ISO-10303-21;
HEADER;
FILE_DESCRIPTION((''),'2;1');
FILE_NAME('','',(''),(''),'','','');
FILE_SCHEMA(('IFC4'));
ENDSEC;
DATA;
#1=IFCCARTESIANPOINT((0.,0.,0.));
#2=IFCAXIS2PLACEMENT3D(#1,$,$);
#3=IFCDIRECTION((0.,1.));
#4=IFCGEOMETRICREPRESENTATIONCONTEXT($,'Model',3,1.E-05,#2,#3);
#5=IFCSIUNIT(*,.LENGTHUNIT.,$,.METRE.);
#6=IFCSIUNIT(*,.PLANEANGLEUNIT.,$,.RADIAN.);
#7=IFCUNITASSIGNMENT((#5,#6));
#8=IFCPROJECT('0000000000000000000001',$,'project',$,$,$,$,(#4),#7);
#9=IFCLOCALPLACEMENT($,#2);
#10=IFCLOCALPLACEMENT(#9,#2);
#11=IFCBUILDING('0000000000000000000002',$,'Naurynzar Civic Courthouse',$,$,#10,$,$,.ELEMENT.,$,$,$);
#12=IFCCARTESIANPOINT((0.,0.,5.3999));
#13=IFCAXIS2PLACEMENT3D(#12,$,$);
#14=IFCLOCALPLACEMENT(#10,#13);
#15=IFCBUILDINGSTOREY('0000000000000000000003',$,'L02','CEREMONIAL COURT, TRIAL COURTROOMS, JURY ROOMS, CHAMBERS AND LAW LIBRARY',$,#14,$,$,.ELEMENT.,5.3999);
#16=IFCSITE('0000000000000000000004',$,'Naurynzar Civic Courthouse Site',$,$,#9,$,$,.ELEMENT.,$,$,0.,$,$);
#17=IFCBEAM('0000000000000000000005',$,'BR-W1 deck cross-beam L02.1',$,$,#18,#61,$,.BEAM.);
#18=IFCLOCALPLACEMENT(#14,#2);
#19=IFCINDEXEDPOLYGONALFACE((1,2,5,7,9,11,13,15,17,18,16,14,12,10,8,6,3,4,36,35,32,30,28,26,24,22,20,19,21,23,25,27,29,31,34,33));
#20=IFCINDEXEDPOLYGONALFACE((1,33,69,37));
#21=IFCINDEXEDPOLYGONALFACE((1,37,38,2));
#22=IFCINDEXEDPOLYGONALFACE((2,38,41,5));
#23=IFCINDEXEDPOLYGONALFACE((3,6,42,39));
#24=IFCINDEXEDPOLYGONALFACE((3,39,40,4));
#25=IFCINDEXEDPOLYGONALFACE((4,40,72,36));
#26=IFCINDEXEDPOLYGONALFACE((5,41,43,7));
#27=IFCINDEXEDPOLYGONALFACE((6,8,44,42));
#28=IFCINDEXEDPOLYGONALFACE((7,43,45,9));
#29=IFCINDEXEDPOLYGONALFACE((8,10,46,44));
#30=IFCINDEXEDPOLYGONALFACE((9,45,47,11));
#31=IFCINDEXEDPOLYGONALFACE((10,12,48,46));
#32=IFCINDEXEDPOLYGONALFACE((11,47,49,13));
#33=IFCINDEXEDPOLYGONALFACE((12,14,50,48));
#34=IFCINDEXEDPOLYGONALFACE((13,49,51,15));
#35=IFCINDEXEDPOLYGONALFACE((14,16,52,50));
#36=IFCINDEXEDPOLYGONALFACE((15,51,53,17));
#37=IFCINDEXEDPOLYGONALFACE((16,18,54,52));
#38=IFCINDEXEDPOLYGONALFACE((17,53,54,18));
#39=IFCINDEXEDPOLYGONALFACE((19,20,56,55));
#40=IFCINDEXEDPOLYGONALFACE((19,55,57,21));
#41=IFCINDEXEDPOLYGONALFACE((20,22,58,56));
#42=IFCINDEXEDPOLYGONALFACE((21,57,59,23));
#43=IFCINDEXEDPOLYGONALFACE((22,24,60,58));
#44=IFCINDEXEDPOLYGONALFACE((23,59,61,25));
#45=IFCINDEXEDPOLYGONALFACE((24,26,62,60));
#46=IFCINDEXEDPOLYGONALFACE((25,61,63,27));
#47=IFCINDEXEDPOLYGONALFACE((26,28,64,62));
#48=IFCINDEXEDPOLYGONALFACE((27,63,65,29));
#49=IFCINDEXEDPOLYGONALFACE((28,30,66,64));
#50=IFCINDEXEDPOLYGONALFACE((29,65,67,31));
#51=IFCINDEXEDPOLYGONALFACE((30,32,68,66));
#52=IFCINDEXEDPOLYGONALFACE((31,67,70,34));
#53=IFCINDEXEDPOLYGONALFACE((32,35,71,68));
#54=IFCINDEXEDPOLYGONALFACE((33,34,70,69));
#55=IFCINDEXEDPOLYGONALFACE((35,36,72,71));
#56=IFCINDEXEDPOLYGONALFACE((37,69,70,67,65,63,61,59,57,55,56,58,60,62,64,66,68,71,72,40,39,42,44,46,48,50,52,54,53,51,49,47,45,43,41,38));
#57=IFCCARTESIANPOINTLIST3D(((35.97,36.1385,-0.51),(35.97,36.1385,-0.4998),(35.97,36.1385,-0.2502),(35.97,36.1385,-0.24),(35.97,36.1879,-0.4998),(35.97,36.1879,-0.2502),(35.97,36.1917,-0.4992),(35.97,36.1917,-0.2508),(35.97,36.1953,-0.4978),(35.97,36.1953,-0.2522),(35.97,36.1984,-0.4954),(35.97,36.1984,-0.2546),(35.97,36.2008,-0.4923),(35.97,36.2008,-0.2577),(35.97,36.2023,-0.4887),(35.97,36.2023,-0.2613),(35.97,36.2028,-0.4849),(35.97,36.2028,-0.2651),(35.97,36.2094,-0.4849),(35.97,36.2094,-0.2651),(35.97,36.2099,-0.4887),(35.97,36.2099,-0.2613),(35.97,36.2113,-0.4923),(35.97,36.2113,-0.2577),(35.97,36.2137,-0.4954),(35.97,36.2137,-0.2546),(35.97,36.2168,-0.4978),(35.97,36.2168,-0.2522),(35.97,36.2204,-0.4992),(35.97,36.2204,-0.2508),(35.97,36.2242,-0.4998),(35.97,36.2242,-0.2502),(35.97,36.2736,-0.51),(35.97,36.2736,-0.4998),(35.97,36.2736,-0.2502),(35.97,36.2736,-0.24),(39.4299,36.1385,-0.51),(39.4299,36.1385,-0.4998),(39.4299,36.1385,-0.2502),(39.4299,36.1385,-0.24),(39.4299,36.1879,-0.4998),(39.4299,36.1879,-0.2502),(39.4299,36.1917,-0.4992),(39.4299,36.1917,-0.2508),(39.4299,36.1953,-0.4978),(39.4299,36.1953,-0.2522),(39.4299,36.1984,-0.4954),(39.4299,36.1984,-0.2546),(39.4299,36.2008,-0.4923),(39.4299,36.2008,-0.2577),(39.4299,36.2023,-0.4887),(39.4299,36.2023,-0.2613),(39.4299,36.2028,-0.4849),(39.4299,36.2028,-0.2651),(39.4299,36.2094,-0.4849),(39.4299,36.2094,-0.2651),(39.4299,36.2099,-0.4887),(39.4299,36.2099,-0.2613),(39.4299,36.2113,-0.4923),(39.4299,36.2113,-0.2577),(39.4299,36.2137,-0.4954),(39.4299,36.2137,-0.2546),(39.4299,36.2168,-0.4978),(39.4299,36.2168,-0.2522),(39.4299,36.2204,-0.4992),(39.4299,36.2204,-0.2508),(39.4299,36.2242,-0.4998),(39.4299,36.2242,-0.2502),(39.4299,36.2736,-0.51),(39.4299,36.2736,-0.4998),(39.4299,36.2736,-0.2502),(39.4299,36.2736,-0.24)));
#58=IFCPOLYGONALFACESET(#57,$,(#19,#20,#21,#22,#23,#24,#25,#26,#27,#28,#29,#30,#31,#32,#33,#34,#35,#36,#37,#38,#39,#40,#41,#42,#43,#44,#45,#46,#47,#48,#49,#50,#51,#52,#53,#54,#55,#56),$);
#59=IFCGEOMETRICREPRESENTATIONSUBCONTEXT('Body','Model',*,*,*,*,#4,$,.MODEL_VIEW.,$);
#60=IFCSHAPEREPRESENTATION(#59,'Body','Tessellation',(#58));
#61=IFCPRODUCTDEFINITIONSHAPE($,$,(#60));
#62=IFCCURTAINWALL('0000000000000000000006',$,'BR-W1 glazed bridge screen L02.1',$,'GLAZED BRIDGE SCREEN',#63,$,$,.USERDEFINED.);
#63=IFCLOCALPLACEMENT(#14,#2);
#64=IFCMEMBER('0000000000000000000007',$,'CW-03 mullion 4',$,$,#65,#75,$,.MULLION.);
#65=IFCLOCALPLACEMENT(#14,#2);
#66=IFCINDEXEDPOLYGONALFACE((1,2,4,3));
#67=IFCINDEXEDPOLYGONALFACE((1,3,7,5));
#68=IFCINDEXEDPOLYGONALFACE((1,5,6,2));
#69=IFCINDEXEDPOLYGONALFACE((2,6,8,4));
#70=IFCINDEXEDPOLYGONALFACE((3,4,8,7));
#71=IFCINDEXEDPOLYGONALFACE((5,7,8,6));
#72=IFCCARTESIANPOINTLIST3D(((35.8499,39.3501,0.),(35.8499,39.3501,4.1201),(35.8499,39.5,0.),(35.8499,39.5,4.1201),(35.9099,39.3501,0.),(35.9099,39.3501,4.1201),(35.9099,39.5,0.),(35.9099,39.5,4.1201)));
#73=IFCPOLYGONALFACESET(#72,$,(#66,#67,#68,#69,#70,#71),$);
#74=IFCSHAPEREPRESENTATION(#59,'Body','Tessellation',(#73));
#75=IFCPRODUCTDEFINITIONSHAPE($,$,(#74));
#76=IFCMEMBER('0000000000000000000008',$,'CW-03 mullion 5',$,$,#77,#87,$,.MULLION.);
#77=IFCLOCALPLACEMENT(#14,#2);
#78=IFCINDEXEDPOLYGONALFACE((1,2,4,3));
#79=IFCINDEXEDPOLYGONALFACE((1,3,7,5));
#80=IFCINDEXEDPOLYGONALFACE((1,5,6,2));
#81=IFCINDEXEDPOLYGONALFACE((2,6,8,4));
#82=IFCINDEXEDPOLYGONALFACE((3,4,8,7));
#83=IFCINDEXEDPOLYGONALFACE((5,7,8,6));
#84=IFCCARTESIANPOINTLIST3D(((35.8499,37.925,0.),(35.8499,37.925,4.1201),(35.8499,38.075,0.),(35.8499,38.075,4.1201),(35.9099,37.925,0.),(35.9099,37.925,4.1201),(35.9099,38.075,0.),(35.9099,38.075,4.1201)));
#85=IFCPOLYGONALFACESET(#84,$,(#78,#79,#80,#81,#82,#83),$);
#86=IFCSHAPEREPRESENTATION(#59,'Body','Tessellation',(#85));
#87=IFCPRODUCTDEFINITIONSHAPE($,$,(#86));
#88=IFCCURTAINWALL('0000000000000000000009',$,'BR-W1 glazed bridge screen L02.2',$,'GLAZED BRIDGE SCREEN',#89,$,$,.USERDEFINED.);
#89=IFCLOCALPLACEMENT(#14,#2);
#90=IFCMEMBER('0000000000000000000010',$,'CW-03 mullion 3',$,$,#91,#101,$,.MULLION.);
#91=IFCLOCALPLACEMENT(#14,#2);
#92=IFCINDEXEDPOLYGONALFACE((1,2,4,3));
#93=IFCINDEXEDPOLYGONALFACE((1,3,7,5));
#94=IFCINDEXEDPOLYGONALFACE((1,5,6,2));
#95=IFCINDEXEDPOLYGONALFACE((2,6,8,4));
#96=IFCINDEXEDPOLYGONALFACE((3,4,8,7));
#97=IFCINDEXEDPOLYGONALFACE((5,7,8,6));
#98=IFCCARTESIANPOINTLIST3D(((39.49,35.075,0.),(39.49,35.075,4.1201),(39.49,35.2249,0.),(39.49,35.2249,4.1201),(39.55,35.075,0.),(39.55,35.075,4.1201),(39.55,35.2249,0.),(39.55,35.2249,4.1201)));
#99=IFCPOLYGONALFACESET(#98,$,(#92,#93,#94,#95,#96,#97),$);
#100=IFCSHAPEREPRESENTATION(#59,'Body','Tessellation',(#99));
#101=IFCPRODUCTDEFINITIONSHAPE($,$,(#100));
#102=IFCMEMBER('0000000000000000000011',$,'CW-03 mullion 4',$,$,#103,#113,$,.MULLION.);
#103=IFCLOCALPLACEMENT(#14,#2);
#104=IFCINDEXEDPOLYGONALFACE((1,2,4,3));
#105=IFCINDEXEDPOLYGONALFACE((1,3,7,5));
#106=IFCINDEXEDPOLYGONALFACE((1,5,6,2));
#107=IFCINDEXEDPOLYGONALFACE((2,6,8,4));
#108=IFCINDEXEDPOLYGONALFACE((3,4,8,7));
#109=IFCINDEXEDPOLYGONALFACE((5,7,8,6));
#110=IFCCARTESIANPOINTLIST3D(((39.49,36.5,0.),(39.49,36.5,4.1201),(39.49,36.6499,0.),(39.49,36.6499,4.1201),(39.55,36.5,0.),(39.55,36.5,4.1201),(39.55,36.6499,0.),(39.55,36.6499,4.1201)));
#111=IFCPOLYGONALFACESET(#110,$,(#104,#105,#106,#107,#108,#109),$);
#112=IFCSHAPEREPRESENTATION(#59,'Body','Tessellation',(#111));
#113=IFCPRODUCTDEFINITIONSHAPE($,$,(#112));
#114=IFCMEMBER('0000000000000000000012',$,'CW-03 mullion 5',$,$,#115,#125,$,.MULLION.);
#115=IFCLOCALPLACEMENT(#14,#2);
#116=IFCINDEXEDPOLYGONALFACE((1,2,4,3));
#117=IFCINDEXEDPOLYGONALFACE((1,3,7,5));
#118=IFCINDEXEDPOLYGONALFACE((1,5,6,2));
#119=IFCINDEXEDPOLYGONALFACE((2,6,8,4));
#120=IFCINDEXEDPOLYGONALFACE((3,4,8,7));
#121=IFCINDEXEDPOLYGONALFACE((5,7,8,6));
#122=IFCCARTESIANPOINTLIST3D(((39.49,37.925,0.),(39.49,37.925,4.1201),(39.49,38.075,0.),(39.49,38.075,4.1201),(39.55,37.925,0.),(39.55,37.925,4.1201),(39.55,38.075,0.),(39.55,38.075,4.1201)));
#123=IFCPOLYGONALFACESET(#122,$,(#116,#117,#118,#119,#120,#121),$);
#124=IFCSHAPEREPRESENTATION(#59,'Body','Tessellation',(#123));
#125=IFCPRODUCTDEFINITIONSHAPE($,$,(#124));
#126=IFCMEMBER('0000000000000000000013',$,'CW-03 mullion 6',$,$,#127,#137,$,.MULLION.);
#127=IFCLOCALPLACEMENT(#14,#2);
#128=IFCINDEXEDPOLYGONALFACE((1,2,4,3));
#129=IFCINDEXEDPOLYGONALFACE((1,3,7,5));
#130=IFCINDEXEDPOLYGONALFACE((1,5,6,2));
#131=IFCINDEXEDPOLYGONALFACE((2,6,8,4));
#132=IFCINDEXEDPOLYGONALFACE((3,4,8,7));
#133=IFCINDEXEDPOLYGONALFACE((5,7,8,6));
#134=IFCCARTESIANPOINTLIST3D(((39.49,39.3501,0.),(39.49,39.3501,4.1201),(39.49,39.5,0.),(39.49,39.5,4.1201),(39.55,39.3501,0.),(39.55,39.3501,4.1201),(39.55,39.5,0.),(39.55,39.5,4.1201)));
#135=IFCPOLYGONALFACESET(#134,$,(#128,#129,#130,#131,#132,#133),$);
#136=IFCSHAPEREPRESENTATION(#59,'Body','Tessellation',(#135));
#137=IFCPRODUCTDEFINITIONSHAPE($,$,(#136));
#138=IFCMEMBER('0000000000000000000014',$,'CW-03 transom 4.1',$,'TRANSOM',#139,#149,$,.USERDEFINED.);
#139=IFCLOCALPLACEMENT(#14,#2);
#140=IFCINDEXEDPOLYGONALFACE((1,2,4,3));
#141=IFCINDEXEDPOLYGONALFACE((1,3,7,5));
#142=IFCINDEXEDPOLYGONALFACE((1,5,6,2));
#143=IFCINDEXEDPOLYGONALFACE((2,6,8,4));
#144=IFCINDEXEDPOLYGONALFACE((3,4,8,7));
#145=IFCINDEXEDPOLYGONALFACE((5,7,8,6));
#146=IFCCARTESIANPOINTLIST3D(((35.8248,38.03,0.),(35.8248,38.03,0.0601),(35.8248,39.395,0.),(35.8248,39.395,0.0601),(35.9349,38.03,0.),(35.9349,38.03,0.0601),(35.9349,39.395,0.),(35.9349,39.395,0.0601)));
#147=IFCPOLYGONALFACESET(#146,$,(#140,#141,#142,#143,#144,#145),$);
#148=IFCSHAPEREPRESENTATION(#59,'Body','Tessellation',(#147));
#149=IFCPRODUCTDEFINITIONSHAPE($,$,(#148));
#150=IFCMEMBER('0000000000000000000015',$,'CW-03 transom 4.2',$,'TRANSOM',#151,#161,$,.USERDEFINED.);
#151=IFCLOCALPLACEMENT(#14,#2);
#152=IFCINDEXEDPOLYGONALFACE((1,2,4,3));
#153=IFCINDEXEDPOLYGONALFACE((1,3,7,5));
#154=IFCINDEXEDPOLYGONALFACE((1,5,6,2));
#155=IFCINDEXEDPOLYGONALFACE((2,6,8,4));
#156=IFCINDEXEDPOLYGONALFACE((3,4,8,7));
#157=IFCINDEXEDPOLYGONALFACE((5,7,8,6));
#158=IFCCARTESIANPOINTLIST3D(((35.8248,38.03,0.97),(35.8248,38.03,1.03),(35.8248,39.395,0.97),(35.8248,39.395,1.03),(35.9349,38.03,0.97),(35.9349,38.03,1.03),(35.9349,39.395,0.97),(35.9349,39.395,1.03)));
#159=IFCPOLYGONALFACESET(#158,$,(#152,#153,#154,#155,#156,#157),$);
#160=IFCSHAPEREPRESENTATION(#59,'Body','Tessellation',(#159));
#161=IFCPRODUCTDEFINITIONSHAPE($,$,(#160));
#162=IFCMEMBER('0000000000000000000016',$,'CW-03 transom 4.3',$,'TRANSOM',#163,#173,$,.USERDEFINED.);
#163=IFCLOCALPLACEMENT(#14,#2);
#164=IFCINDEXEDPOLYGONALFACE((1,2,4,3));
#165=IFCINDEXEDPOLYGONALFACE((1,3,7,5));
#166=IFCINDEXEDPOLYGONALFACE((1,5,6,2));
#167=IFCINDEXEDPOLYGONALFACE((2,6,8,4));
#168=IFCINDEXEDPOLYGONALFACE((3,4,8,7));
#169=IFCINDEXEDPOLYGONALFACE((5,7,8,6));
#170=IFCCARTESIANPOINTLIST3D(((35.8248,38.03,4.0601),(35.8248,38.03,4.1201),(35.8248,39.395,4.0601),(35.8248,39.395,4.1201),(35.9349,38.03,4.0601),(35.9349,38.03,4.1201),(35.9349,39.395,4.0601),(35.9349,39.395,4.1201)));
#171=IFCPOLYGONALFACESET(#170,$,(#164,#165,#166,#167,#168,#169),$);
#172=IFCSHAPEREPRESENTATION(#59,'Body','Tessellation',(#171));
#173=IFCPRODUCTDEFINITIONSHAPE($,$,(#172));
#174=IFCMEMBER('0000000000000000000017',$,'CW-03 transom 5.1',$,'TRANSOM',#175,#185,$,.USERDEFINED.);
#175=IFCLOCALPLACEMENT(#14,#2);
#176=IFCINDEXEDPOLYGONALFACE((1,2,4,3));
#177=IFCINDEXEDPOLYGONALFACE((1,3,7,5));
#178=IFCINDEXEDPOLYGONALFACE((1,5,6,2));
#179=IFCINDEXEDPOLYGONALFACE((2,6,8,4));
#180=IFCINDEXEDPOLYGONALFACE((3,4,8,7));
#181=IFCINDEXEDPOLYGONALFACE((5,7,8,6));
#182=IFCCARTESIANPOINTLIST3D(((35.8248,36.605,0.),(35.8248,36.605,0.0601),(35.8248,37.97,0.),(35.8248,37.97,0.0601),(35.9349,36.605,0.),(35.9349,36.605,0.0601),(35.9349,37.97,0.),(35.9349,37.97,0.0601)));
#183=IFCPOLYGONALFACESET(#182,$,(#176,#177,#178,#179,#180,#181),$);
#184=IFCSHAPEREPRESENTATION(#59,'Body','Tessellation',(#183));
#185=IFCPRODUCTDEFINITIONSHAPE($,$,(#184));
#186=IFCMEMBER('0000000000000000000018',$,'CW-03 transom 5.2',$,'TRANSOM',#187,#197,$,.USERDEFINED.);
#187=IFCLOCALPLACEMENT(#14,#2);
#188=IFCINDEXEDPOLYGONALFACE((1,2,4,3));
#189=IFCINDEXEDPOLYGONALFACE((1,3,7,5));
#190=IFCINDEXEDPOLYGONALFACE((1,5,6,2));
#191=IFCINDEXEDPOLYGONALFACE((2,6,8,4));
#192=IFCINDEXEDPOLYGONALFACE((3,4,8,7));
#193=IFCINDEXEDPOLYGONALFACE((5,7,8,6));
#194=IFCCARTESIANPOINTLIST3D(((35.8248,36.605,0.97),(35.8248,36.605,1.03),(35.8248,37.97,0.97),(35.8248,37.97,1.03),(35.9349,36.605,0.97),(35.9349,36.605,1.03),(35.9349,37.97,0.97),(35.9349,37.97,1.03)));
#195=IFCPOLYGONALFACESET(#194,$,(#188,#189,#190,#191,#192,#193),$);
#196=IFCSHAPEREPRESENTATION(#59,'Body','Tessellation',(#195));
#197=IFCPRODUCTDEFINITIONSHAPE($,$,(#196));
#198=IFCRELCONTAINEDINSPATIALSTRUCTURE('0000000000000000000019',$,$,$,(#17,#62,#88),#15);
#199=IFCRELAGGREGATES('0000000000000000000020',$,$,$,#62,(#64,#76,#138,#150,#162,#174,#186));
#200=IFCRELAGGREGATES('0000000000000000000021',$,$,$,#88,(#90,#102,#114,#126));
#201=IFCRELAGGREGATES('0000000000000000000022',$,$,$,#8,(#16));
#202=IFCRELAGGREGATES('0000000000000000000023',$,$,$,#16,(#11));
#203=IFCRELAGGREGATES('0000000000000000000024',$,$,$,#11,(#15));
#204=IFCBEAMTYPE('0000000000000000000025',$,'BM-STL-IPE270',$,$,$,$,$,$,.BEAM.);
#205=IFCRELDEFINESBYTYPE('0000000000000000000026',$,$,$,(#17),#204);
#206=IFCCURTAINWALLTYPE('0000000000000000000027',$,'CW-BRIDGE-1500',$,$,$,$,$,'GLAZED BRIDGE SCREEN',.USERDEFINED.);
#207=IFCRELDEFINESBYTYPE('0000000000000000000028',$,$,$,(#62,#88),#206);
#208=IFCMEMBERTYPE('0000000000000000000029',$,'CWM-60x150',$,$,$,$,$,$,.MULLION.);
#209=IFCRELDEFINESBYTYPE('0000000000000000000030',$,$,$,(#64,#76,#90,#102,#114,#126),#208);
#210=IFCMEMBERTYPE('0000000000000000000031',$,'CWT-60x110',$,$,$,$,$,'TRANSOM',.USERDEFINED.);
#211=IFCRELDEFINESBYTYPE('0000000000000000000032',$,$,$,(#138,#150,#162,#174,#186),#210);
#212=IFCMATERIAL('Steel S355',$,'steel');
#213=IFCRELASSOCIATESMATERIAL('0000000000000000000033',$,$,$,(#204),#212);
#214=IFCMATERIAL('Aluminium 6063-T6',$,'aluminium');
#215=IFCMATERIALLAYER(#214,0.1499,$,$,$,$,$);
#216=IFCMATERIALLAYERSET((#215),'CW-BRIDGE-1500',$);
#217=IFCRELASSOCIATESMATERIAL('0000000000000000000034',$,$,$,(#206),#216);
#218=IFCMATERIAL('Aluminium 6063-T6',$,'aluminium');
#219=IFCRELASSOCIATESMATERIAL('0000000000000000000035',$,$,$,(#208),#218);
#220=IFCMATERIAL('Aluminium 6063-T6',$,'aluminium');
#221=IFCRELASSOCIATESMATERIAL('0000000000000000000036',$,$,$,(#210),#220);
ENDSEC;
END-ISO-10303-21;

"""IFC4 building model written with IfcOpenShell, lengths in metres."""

from ifc_helpers import new_model, si_unit, direction, frame, origin, origin_2d, place, context, subcontext, project, spatial, rectangle, i_section, extrude, material, layer, layer_set, material_profile, profile_set, type_object, element, aggregate, save


model = new_model("IFC4")

# Units and contexts
model_context = context("Model", 3, precision=1e-05, world=origin(), true_north=direction((0.0, 1.0)))
body_context = subcontext(model_context, "Body", "Model", "MODEL_VIEW")
ifc_project = project(units=[si_unit("LENGTHUNIT", "METRE"), si_unit("PLANEANGLEUNIT", "RADIAN")], contexts=[model_context])

# Site, building, storey
site_placement = place(None, origin())
site = spatial("IfcSite", under=ifc_project, at=site_placement, Name="Naurynzar Civic Courthouse Site", CompositionType="ELEMENT", RefElevation=0.0)
building_placement = place(site_placement, origin())
building = spatial("IfcBuilding", under=site, at=building_placement, Name="Naurynzar Civic Courthouse", CompositionType="ELEMENT")
storey_placement = place(building_placement, frame((0.0, 0.0, 5.3999)))
storey = spatial("IfcBuildingStorey", under=building, at=storey_placement, Name="L02", Description="CEREMONIAL COURT, TRIAL COURTROOMS, JURY ROOMS, CHAMBERS AND LAW LIBRARY", CompositionType="ELEMENT", Elevation=5.3999)

# Beam
ifc_material_1 = material(Name="Steel S355", Category="steel")
ifc_material_profile_1 = material_profile(ifc_material_1, i_section(OverallWidth=0.135, OverallDepth=0.27, WebThickness=0.0066, FlangeThickness=0.0103, FilletRadius=0.0149, at=origin_2d()), Name="IPE 270")
ifc_profile_set_1 = profile_set([ifc_material_profile_1], Name="Steel S355")
beam_type = type_object("IfcBeamType", Name="BM-STL-IPE270", PredefinedType="BEAM", material=ifc_profile_set_1)
beam_placement = place(storey_placement, frame((35.97, 36.2061, -0.375), z_axis=(1.0, 0.0, 0.0), x_axis=(0.0, 1.0, 0.0)))
element("IfcBeam", 1, at=beam_placement, inside=storey, type_object=beam_type, Name="BR-W1 deck cross-beam L02.1", PredefinedType="BEAM", context=body_context, shape_type="SweptSolid", body=[
    extrude(i_section(OverallWidth=0.135, OverallDepth=0.27, WebThickness=0.0066, FlangeThickness=0.0103, FilletRadius=0.0149, at=origin_2d()), origin(), (0.0, 0.0, 1.0), 3.46),
])

# Curtain walls, members
ifc_material_2 = material(Name="Aluminium 6063-T6", Category="aluminium")
ifc_layer_1 = layer(ifc_material_2, 0.1499)
ifc_layer_set_1 = layer_set([ifc_layer_1], Name="CW-BRIDGE-1500")
curtain_wall_type = type_object("IfcCurtainWallType", Name="CW-BRIDGE-1500", ElementType="GLAZED BRIDGE SCREEN", PredefinedType="USERDEFINED", material=ifc_layer_set_1)
curtain_wall_1_placement = place(storey_placement, origin())
curtain_wall_1 = element("IfcCurtainWall", 2, at=curtain_wall_1_placement, inside=storey, type_object=curtain_wall_type, Name="BR-W1 glazed bridge screen L02.1", ObjectType="GLAZED BRIDGE SCREEN", PredefinedType="USERDEFINED")
ifc_material_3 = material(Name="Aluminium 6063-T6", Category="aluminium")
ifc_material_profile_2 = material_profile(ifc_material_3, rectangle(XDim=0.0601, YDim=0.1499, at=origin_2d()), Name="ALU MULLION 60x150")
ifc_profile_set_2 = profile_set([ifc_material_profile_2], Name="Aluminium 6063-T6")
member_type_1 = type_object("IfcMemberType", Name="CWM-60x150", PredefinedType="MULLION", material=ifc_profile_set_2)
member_1_placement = place(storey_placement, frame((35.8799, 39.425, 0.0), z_axis=(0.0, 0.0, 1.0), x_axis=(1.0, 0.0, 0.0)))
member_1 = element("IfcMember", 3, at=member_1_placement, type_object=member_type_1, Name="CW-03 mullion 4", PredefinedType="MULLION", context=body_context, shape_type="SweptSolid", body=[
    extrude(rectangle(XDim=0.0601, YDim=0.1499, at=origin_2d()), origin(), (0.0, 0.0, 1.0), 4.1201),
])
member_2_placement = place(storey_placement, frame((35.8799, 38.0, 0.0), z_axis=(0.0, 0.0, 1.0), x_axis=(1.0, 0.0, 0.0)))
member_2 = element("IfcMember", 4, at=member_2_placement, type_object=member_type_1, Name="CW-03 mullion 5", PredefinedType="MULLION", context=body_context, shape_type="SweptSolid", body=[
    extrude(rectangle(XDim=0.0601, YDim=0.1499, at=origin_2d()), origin(), (0.0, 0.0, 1.0), 4.1201),
])
curtain_wall_2_placement = place(storey_placement, origin())
curtain_wall_2 = element("IfcCurtainWall", 5, at=curtain_wall_2_placement, inside=storey, type_object=curtain_wall_type, Name="BR-W1 glazed bridge screen L02.2", ObjectType="GLAZED BRIDGE SCREEN", PredefinedType="USERDEFINED")
member_3_placement = place(storey_placement, frame((39.52, 35.1499, 0.0), z_axis=(0.0, 0.0, 1.0), x_axis=(-1.0, 0.0, 0.0)))
member_3 = element("IfcMember", 6, at=member_3_placement, type_object=member_type_1, Name="CW-03 mullion 3", PredefinedType="MULLION", context=body_context, shape_type="SweptSolid", body=[
    extrude(rectangle(XDim=0.0601, YDim=0.1499, at=origin_2d()), origin(), (0.0, 0.0, 1.0), 4.1201),
])
member_4_placement = place(storey_placement, frame((39.52, 36.575, 0.0), z_axis=(0.0, 0.0, 1.0), x_axis=(-1.0, 0.0, 0.0)))
member_4 = element("IfcMember", 7, at=member_4_placement, type_object=member_type_1, Name="CW-03 mullion 4", PredefinedType="MULLION", context=body_context, shape_type="SweptSolid", body=[
    extrude(rectangle(XDim=0.0601, YDim=0.1499, at=origin_2d()), origin(), (0.0, 0.0, 1.0), 4.1201),
])
member_5_placement = place(storey_placement, frame((39.52, 38.0, 0.0), z_axis=(0.0, 0.0, 1.0), x_axis=(-1.0, 0.0, 0.0)))
member_5 = element("IfcMember", 8, at=member_5_placement, type_object=member_type_1, Name="CW-03 mullion 5", PredefinedType="MULLION", context=body_context, shape_type="SweptSolid", body=[
    extrude(rectangle(XDim=0.0601, YDim=0.1499, at=origin_2d()), origin(), (0.0, 0.0, 1.0), 4.1201),
])
member_6_placement = place(storey_placement, frame((39.52, 39.425, 0.0), z_axis=(0.0, 0.0, 1.0), x_axis=(-1.0, 0.0, 0.0)))
member_6 = element("IfcMember", 9, at=member_6_placement, type_object=member_type_1, Name="CW-03 mullion 6", PredefinedType="MULLION", context=body_context, shape_type="SweptSolid", body=[
    extrude(rectangle(XDim=0.0601, YDim=0.1499, at=origin_2d()), origin(), (0.0, 0.0, 1.0), 4.1201),
])

# Members
ifc_material_4 = material(Name="Aluminium 6063-T6", Category="aluminium")
ifc_material_profile_3 = material_profile(ifc_material_4, rectangle(XDim=0.1101, YDim=0.0601, at=origin_2d()), Name="ALU TRANSOM 60x110")
ifc_profile_set_3 = profile_set([ifc_material_profile_3], Name="Aluminium 6063-T6")
member_type_2 = type_object("IfcMemberType", Name="CWT-60x110", ElementType="TRANSOM", PredefinedType="USERDEFINED", material=ifc_profile_set_3)
member_7_placement = place(storey_placement, frame((35.8799, 39.395, 0.03), z_axis=(0.0, -1.0, 0.0), x_axis=(1.0, 0.0, 0.0)))
member_7 = element("IfcMember", 10, at=member_7_placement, type_object=member_type_2, Name="CW-03 transom 4.1", ObjectType="TRANSOM", PredefinedType="USERDEFINED", context=body_context, shape_type="SweptSolid", body=[
    extrude(rectangle(XDim=0.1101, YDim=0.0601, at=origin_2d()), origin(), (0.0, 0.0, 1.0), 1.365),
])
member_8_placement = place(storey_placement, frame((35.8799, 39.395, 1.0), z_axis=(0.0, -1.0, 0.0), x_axis=(1.0, 0.0, 0.0)))
member_8 = element("IfcMember", 11, at=member_8_placement, type_object=member_type_2, Name="CW-03 transom 4.2", ObjectType="TRANSOM", PredefinedType="USERDEFINED", context=body_context, shape_type="SweptSolid", body=[
    extrude(rectangle(XDim=0.1101, YDim=0.0601, at=origin_2d()), origin(), (0.0, 0.0, 1.0), 1.365),
])
member_9_placement = place(storey_placement, frame((35.8799, 39.395, 4.0901), z_axis=(0.0, -1.0, 0.0), x_axis=(1.0, 0.0, 0.0)))
member_9 = element("IfcMember", 12, at=member_9_placement, type_object=member_type_2, Name="CW-03 transom 4.3", ObjectType="TRANSOM", PredefinedType="USERDEFINED", context=body_context, shape_type="SweptSolid", body=[
    extrude(rectangle(XDim=0.1101, YDim=0.0601, at=origin_2d()), origin(), (0.0, 0.0, 1.0), 1.365),
])
member_10_placement = place(storey_placement, frame((35.8799, 37.97, 0.03), z_axis=(0.0, -1.0, 0.0), x_axis=(1.0, 0.0, 0.0)))
member_10 = element("IfcMember", 13, at=member_10_placement, type_object=member_type_2, Name="CW-03 transom 5.1", ObjectType="TRANSOM", PredefinedType="USERDEFINED", context=body_context, shape_type="SweptSolid", body=[
    extrude(rectangle(XDim=0.1101, YDim=0.0601, at=origin_2d()), origin(), (0.0, 0.0, 1.0), 1.365),
])
member_11_placement = place(storey_placement, frame((35.8799, 37.97, 1.0), z_axis=(0.0, -1.0, 0.0), x_axis=(1.0, 0.0, 0.0)))
member_11 = element("IfcMember", 14, at=member_11_placement, type_object=member_type_2, Name="CW-03 transom 5.2", ObjectType="TRANSOM", PredefinedType="USERDEFINED", context=body_context, shape_type="SweptSolid", body=[
    extrude(rectangle(XDim=0.1101, YDim=0.0601, at=origin_2d()), origin(), (0.0, 0.0, 1.0), 1.365),
])

aggregate(curtain_wall_1, [member_1, member_2, member_7, member_8, member_9, member_10, member_11])
aggregate(curtain_wall_2, [member_3, member_4, member_5, member_6])

save(model, "model.ifc")
